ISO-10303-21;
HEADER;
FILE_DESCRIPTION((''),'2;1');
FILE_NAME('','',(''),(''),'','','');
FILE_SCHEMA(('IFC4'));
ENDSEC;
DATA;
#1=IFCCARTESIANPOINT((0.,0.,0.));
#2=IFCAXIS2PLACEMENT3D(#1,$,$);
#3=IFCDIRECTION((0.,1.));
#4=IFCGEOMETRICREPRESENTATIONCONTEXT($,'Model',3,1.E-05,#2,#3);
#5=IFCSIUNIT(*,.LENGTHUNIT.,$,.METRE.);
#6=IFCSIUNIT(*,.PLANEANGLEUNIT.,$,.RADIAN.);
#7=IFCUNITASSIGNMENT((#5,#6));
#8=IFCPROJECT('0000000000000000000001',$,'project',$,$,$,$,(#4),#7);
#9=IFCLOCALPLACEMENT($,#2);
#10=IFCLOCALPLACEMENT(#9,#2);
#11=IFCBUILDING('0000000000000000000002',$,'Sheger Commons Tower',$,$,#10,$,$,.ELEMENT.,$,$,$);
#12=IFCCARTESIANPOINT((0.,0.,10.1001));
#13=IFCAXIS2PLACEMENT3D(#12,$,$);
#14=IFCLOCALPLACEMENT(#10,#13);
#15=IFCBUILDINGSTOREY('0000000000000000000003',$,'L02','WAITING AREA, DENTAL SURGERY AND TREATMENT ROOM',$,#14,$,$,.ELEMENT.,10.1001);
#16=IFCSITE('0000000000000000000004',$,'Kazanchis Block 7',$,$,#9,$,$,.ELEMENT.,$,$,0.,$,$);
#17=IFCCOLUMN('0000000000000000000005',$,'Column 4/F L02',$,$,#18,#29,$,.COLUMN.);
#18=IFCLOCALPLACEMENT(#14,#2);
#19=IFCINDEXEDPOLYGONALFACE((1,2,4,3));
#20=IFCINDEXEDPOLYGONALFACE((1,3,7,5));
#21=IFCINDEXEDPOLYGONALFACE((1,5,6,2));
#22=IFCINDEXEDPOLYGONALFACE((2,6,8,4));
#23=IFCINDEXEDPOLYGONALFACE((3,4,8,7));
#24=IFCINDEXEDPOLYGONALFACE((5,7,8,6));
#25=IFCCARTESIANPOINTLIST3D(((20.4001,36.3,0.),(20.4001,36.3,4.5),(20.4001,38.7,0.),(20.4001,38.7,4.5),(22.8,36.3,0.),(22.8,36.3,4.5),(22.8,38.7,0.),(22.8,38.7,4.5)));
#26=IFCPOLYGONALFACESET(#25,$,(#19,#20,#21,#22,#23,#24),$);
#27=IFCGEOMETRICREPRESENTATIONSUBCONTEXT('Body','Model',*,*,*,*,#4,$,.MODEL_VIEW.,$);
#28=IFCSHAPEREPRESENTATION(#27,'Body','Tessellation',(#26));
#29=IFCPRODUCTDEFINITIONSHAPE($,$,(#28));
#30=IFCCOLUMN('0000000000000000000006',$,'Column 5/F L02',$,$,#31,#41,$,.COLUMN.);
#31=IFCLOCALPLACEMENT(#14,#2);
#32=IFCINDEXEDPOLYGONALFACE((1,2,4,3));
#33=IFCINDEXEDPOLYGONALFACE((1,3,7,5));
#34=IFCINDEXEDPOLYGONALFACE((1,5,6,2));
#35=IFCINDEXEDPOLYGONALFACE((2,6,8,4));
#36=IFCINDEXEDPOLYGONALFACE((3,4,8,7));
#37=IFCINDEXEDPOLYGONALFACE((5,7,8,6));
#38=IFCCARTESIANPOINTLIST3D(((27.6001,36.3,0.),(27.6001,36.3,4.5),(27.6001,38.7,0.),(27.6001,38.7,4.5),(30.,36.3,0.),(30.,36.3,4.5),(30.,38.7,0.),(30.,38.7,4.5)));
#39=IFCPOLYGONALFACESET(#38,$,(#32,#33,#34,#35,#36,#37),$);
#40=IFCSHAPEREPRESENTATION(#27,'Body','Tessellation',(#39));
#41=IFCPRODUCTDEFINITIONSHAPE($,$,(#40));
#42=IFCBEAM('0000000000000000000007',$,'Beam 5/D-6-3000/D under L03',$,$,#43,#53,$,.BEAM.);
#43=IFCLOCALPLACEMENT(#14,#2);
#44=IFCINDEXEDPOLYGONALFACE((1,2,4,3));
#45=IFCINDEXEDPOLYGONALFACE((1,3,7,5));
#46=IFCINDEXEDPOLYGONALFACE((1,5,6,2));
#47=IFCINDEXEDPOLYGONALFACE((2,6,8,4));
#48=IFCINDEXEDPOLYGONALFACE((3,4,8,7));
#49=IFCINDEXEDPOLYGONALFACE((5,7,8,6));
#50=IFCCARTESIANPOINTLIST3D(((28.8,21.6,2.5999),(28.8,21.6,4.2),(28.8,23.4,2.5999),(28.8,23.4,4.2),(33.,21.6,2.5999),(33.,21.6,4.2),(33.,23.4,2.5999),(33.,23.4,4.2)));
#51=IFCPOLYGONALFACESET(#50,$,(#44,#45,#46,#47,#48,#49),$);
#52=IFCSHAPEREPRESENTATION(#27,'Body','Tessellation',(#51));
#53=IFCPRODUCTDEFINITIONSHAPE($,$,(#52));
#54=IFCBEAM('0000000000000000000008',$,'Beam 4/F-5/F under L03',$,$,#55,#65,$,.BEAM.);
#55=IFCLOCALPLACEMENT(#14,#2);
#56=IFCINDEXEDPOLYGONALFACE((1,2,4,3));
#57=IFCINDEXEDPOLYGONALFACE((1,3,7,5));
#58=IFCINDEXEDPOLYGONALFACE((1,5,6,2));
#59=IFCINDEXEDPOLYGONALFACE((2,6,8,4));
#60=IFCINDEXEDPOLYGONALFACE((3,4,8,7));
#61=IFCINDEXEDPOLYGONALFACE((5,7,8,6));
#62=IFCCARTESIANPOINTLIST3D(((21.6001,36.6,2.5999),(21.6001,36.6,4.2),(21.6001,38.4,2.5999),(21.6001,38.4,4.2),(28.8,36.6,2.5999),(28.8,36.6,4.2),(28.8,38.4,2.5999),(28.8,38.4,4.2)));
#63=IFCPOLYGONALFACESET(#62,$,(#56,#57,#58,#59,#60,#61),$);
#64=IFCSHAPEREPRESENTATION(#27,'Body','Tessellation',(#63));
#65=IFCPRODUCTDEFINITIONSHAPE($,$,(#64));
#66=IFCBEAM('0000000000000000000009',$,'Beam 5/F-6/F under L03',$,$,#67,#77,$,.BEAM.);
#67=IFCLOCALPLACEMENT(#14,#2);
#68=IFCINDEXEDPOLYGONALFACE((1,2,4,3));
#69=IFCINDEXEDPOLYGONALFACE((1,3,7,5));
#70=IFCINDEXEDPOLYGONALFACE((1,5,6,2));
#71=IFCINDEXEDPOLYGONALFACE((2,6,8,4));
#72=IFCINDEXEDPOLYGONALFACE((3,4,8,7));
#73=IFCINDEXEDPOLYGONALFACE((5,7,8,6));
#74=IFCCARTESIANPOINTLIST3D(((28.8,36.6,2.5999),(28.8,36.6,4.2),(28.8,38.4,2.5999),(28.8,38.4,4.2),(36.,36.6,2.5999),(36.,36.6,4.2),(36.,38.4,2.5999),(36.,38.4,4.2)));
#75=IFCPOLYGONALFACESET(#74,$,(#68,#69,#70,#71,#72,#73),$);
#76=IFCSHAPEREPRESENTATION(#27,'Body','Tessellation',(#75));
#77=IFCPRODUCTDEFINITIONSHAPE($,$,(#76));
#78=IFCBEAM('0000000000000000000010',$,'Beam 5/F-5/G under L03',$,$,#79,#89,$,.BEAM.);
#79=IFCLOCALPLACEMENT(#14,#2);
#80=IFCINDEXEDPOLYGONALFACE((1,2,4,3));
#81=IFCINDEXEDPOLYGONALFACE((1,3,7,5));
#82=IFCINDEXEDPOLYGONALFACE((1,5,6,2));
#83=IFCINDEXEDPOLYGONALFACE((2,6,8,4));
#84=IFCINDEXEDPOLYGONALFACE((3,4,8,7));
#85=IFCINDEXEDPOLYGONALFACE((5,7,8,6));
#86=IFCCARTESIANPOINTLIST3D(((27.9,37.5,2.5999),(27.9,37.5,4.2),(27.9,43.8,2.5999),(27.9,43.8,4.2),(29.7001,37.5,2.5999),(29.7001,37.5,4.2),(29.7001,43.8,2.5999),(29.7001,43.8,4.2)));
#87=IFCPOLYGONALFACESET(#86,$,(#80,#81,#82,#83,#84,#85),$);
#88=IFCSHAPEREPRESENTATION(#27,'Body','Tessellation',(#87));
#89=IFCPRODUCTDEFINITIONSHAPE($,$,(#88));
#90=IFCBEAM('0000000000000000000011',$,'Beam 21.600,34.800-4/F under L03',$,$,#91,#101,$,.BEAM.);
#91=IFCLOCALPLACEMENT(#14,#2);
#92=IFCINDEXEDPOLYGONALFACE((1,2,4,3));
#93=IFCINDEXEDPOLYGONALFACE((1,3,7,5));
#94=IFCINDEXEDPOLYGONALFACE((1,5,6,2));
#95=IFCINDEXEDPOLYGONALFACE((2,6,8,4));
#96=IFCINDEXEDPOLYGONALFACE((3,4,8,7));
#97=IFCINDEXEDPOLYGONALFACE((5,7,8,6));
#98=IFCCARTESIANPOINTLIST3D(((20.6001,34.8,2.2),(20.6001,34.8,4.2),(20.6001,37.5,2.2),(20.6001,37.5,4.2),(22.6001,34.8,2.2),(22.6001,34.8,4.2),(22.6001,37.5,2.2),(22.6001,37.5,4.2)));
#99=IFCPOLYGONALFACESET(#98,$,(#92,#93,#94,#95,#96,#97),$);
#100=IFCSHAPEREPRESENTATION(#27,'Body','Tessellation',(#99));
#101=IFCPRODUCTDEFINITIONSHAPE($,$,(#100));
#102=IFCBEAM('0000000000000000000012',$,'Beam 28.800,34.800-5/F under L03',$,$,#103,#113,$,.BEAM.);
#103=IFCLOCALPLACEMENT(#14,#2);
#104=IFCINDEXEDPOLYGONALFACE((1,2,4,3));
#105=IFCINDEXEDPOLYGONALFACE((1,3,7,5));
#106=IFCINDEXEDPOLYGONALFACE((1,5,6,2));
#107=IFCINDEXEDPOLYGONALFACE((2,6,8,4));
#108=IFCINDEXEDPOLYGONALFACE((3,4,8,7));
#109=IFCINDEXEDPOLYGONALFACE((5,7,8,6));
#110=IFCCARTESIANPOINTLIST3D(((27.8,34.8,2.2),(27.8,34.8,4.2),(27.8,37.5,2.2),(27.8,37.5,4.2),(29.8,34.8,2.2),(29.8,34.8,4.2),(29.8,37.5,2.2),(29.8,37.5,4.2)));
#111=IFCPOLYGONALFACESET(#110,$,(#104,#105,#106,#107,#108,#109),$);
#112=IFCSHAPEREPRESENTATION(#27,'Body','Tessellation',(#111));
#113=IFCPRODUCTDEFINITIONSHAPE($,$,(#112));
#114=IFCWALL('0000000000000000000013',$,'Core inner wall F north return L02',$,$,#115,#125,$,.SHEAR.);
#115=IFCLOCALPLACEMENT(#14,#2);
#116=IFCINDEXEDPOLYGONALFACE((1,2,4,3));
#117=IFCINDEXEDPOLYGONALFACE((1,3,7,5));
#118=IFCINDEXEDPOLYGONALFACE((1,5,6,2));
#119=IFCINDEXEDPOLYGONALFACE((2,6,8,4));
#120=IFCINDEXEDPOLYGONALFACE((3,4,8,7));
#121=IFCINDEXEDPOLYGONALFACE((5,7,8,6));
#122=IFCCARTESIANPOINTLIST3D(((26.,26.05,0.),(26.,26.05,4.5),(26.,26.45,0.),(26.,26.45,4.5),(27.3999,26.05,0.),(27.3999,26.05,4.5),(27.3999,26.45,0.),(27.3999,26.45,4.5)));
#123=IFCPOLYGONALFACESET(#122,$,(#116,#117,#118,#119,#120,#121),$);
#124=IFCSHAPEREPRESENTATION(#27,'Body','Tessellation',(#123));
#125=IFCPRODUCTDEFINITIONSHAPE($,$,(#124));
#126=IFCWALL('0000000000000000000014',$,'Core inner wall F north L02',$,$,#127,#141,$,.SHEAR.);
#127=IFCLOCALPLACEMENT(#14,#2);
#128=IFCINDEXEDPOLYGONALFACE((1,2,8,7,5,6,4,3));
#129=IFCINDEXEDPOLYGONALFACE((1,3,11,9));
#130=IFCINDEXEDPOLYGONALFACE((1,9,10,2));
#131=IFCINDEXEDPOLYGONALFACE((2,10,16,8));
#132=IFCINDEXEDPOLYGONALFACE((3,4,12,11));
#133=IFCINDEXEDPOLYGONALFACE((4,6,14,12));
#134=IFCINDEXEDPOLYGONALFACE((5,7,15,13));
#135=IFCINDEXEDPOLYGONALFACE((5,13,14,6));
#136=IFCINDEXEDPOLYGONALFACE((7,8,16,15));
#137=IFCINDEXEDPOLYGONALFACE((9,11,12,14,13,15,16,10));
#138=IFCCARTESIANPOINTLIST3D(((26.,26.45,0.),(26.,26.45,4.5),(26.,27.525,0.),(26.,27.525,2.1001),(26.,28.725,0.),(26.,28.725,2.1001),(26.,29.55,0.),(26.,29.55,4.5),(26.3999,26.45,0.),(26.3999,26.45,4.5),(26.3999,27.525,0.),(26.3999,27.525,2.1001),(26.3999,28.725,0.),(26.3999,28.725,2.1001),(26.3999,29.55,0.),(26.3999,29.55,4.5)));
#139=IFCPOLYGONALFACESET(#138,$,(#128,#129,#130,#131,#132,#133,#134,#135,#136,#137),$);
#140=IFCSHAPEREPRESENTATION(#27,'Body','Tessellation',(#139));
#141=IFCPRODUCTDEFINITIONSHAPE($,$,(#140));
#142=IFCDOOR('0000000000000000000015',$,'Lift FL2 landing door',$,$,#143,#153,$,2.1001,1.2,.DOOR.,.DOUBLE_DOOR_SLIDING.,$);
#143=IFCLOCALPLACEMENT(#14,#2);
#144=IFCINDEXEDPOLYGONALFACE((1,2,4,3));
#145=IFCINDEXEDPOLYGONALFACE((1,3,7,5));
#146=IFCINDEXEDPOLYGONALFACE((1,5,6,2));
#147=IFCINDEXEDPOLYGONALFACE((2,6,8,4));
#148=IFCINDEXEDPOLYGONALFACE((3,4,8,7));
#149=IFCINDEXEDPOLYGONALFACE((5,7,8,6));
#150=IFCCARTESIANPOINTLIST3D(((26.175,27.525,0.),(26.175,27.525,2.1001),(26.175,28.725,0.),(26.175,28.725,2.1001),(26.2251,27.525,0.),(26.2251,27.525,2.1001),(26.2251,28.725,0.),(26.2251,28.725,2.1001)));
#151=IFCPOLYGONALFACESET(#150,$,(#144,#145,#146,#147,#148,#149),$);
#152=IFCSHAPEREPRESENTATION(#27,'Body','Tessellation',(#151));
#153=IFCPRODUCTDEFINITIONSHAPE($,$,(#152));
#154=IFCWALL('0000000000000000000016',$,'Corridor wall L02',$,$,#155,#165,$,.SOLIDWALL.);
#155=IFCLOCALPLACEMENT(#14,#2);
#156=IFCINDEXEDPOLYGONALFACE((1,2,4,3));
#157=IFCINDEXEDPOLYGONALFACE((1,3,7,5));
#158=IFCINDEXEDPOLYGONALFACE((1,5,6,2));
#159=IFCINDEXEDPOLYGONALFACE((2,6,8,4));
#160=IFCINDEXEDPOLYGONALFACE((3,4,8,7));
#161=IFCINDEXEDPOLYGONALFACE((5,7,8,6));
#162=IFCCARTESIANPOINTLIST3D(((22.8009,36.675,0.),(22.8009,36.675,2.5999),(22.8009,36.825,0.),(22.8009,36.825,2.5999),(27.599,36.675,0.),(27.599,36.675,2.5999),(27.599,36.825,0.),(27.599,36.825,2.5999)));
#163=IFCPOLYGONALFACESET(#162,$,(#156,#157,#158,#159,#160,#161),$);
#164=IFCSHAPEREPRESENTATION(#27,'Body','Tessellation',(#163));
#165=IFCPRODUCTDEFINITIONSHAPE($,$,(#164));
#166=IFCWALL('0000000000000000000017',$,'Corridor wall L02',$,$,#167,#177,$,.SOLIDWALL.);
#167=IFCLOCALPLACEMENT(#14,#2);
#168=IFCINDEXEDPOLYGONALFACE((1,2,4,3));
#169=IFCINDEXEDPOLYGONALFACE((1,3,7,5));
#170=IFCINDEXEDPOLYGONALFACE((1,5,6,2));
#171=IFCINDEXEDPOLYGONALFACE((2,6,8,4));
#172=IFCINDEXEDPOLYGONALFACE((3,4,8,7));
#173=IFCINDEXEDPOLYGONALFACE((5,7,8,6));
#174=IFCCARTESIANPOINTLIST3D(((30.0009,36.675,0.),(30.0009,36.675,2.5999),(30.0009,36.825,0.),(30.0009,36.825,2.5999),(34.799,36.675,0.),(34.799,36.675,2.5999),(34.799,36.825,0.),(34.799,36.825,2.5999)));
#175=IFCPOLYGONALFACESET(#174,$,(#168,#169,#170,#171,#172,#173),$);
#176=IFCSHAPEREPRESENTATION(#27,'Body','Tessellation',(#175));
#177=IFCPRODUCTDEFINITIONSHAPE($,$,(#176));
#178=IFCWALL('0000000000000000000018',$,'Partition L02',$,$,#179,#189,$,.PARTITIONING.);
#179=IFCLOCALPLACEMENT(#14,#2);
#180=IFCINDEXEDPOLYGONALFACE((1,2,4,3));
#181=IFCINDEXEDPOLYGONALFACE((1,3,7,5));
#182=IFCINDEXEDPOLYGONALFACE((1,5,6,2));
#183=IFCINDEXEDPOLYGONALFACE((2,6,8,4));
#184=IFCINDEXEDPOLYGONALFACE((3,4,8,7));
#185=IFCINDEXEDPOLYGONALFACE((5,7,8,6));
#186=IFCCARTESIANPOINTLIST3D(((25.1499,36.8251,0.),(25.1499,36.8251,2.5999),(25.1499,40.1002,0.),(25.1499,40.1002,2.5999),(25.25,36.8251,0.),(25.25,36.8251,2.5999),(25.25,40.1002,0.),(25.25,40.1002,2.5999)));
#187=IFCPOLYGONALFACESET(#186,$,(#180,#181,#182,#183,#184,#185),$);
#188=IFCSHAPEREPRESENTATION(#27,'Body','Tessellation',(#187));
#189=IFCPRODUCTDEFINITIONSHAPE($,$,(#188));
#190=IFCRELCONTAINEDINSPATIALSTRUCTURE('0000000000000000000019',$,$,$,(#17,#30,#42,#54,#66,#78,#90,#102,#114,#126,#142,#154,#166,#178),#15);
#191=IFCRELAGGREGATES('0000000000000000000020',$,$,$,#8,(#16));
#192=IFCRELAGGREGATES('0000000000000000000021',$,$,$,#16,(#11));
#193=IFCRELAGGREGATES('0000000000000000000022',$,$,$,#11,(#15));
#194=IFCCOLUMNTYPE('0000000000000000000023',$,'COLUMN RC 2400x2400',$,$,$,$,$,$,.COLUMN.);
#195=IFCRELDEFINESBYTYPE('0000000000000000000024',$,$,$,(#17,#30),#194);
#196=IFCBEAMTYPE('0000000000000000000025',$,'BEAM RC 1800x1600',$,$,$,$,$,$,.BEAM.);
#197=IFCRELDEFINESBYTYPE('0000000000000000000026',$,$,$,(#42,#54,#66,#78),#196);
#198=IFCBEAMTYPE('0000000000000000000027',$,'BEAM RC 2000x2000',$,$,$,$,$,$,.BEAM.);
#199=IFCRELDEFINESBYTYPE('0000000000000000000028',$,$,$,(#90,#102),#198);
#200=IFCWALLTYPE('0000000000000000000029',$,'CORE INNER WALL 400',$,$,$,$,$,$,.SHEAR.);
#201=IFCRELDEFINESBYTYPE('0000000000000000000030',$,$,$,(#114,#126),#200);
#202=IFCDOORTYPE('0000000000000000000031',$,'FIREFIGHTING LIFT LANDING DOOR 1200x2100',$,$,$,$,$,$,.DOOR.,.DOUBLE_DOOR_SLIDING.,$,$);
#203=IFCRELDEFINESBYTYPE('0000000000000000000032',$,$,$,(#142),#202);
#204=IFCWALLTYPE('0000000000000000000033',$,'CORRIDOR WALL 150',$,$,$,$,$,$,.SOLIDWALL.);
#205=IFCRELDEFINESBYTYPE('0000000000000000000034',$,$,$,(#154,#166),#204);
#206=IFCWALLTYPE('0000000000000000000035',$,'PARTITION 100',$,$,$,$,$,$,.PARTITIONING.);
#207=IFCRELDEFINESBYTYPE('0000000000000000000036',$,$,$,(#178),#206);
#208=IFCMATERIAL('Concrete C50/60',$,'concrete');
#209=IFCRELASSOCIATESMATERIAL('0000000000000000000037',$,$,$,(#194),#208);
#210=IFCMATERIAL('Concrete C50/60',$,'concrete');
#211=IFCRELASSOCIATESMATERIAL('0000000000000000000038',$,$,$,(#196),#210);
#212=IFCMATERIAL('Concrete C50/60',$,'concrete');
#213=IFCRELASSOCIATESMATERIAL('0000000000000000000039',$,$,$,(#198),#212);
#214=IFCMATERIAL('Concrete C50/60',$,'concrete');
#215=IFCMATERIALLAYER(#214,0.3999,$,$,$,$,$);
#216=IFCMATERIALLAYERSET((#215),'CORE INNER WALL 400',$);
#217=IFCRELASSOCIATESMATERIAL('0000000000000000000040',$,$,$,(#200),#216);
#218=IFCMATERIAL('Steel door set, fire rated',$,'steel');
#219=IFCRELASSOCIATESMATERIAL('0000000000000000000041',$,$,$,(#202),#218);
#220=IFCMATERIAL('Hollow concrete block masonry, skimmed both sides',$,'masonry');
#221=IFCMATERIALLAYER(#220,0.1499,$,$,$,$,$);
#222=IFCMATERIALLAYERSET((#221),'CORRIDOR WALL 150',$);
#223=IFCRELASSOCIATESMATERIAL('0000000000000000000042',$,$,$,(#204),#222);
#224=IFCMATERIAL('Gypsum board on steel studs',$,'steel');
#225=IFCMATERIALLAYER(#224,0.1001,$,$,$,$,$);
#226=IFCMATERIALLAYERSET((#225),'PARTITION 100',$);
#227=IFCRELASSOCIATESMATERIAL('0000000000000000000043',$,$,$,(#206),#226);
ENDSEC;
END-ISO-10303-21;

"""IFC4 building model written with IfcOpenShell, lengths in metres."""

from ifc_helpers import new_model, si_unit, direction, frame, frame_2d, origin, origin_2d, place, context, subcontext, project, spatial, rectangle, extrude, material, layer, layer_set, material_profile, profile_set, type_object, element, fill, save


model = new_model("IFC4")

# Units and contexts
model_context = context("Model", 3, precision=1e-05, world=origin(), true_north=direction((0.0, 1.0)))
body_context = subcontext(model_context, "Body", "Model", "MODEL_VIEW")
ifc_project = project(units=[si_unit("LENGTHUNIT", "METRE"), si_unit("PLANEANGLEUNIT", "RADIAN")], contexts=[model_context])

# Site, building, storey
site_placement = place(None, origin())
site = spatial("IfcSite", under=ifc_project, at=site_placement, Name="Kazanchis Block 7", CompositionType="ELEMENT", RefElevation=0.0)
building_placement = place(site_placement, origin())
building = spatial("IfcBuilding", under=site, at=building_placement, Name="Sheger Commons Tower", CompositionType="ELEMENT")
storey_placement = place(building_placement, frame((0.0, 0.0, 10.1001)))
storey = spatial("IfcBuildingStorey", under=building, at=storey_placement, Name="L02", Description="WAITING AREA, DENTAL SURGERY AND TREATMENT ROOM", CompositionType="ELEMENT", Elevation=10.1001)

# Columns
ifc_material_1 = material(Name="Concrete C50/60", Category="concrete")
ifc_material_profile_1 = material_profile(ifc_material_1, rectangle(XDim=2.3999, YDim=2.3999, at=origin_2d()), Name="RC 2400x2400")
ifc_profile_set_1 = profile_set([ifc_material_profile_1], Name="Concrete C50/60")
column_type = type_object("IfcColumnType", Name="COLUMN RC 2400x2400", PredefinedType="COLUMN", material=ifc_profile_set_1)
for number, where, z_axis, x_axis, name in (
    (1, (21.6001, 37.5, 0.0), (0.0, 0.0, 1.0), (1.0, 0.0, 0.0), "Column 4/F L02"),
    (2, (28.8, 37.5, 0.0), (0.0, 0.0, 1.0), (1.0, 0.0, 0.0), "Column 5/F L02"),
):
    element("IfcColumn", number, at=place(storey_placement, frame(where, z_axis=z_axis, x_axis=x_axis)), inside=storey, type_object=column_type, Name=name, PredefinedType="COLUMN", context=body_context, shape_type="SweptSolid", body=[
        extrude(rectangle(XDim=2.3999, YDim=2.3999, at=origin_2d()), origin(), (0.0, 0.0, 1.0), 4.5),
    ])

# Beams
ifc_material_2 = material(Name="Concrete C50/60", Category="concrete")
ifc_material_profile_2 = material_profile(ifc_material_2, rectangle(XDim=1.8, YDim=1.6001, at=origin_2d()), Name="RC 1800x1600")
ifc_profile_set_2 = profile_set([ifc_material_profile_2], Name="Concrete C50/60")
beam_type_1 = type_object("IfcBeamType", Name="BEAM RC 1800x1600", PredefinedType="BEAM", material=ifc_profile_set_2)
beam_1_placement = place(storey_placement, frame((28.8, 22.5, 3.3999), z_axis=(1.0, 0.0, 0.0), x_axis=(0.0, 1.0, 0.0)))
element("IfcBeam", 3, at=beam_1_placement, inside=storey, type_object=beam_type_1, Name="Beam 5/D-6-3000/D under L03", PredefinedType="BEAM", context=body_context, shape_type="SweptSolid", body=[
    extrude(rectangle(XDim=1.8, YDim=1.6001, at=origin_2d()), origin(), (0.0, 0.0, 1.0), 4.2),
])
for number, where, z_axis, x_axis, name in (
    (4, (21.6001, 37.5, 3.3999), (1.0, 0.0, 0.0), (0.0, 1.0, 0.0), "Beam 4/F-5/F under L03"),
    (5, (28.8, 37.5, 3.3999), (1.0, 0.0, 0.0), (0.0, 1.0, 0.0), "Beam 5/F-6/F under L03"),
):
    element("IfcBeam", number, at=place(storey_placement, frame(where, z_axis=z_axis, x_axis=x_axis)), inside=storey, type_object=beam_type_1, Name=name, PredefinedType="BEAM", context=body_context, shape_type="SweptSolid", body=[
        extrude(rectangle(XDim=1.8, YDim=1.6001, at=origin_2d()), origin(), (0.0, 0.0, 1.0), 7.2),
    ])
beam_2_placement = place(storey_placement, frame((28.8, 37.5, 3.3999), z_axis=(0.0, 1.0, 0.0), x_axis=(-1.0, 0.0, 0.0)))
element("IfcBeam", 6, at=beam_2_placement, inside=storey, type_object=beam_type_1, Name="Beam 5/F-5/G under L03", PredefinedType="BEAM", context=body_context, shape_type="SweptSolid", body=[
    extrude(rectangle(XDim=1.8, YDim=1.6001, at=origin_2d()), origin(), (0.0, 0.0, 1.0), 6.3),
])
ifc_material_3 = material(Name="Concrete C50/60", Category="concrete")
ifc_material_profile_3 = material_profile(ifc_material_3, rectangle(XDim=2.0, YDim=2.0, at=origin_2d()), Name="RC 2000x2000")
ifc_profile_set_3 = profile_set([ifc_material_profile_3], Name="Concrete C50/60")
beam_type_2 = type_object("IfcBeamType", Name="BEAM RC 2000x2000", PredefinedType="BEAM", material=ifc_profile_set_3)
for number, where, z_axis, x_axis, name in (
    (7, (21.6001, 34.8, 3.2), (0.0, 1.0, 0.0), (-1.0, 0.0, 0.0), "Beam 21.600,34.800-4/F under L03"),
    (8, (28.8, 34.8, 3.2), (0.0, 1.0, 0.0), (-1.0, 0.0, 0.0), "Beam 28.800,34.800-5/F under L03"),
):
    element("IfcBeam", number, at=place(storey_placement, frame(where, z_axis=z_axis, x_axis=x_axis)), inside=storey, type_object=beam_type_2, Name=name, PredefinedType="BEAM", context=body_context, shape_type="SweptSolid", body=[
        extrude(rectangle(XDim=2.0, YDim=2.0, at=origin_2d()), origin(), (0.0, 0.0, 1.0), 2.7),
    ])

# Wall
ifc_material_4 = material(Name="Concrete C50/60", Category="concrete")
ifc_layer_1 = layer(ifc_material_4, 0.3999)
ifc_layer_set_1 = layer_set([ifc_layer_1], Name="CORE INNER WALL 400")
wall_type_1 = type_object("IfcWallType", Name="CORE INNER WALL 400", PredefinedType="SHEAR", material=ifc_layer_set_1)
wall_1_placement = place(storey_placement, frame((26.0, 26.25, 0.0), z_axis=(0.0, 0.0, 1.0), x_axis=(1.0, 0.0, 0.0)))
element("IfcWall", 9, at=wall_1_placement, inside=storey, type_object=wall_type_1, Name="Core inner wall F north return L02", PredefinedType="SHEAR", context=body_context, shape_type="SweptSolid", body=[
    extrude(rectangle(XDim=1.3999, YDim=0.3999, at=frame_2d((0.7, 0.0))), origin(), (0.0, 0.0, 1.0), 4.5),
])

# Wall, opening, door
wall_2_placement = place(storey_placement, frame((26.2, 26.45, 0.0), z_axis=(0.0, 0.0, 1.0), x_axis=(0.0, 1.0, 0.0)))
wall_2 = element("IfcWall", 10, at=wall_2_placement, inside=storey, type_object=wall_type_1, Name="Core inner wall F north L02", PredefinedType="SHEAR", context=body_context, shape_type="SweptSolid", body=[
    extrude(rectangle(XDim=3.1001, YDim=0.3999, at=frame_2d((1.55, 0.0))), origin(), (0.0, 0.0, 1.0), 4.5),
])
opening_placement = place(wall_2_placement, frame((1.075, 0.0, 0.0)))
opening = element("IfcOpeningElement", 11, at=opening_placement, cuts=wall_2, PredefinedType="OPENING", context=body_context, shape_type="SweptSolid", body=[
    extrude(rectangle(XDim=1.2, YDim=2.1001, at=frame_2d((0.6001, 1.05))), frame((0.0, 0.21, 0.0), z_axis=(0.0, -1.0, 0.0), x_axis=(1.0, 0.0, 0.0)), (0.0, 0.0, 1.0), 0.4199),
])
ifc_material_5 = material(Name="Steel door set, fire rated", Category="steel")
door_type = type_object("IfcDoorType", Name="FIREFIGHTING LIFT LANDING DOOR 1200x2100", OperationType="DOUBLE_DOOR_SLIDING", PredefinedType="DOOR", material=ifc_material_5)
door_placement = place(opening_placement, origin())
door = element("IfcDoor", 12, at=door_placement, inside=storey, type_object=door_type, Name="Lift FL2 landing door", OperationType="DOUBLE_DOOR_SLIDING", OverallHeight=2.1001, OverallWidth=1.2, PredefinedType="DOOR", context=body_context, shape_type="SweptSolid", body=[
    extrude(rectangle(XDim=1.2, YDim=2.1001, at=frame_2d((0.6001, 1.05))), frame((0.0, 0.0249, 0.0), z_axis=(0.0, -1.0, 0.0), x_axis=(1.0, 0.0, 0.0)), (0.0, 0.0, 1.0), 0.05),
])
fill(opening, door)

# Walls
ifc_material_6 = material(Name="Hollow concrete block masonry, skimmed both sides", Category="masonry")
ifc_layer_2 = layer(ifc_material_6, 0.1499)
ifc_layer_set_2 = layer_set([ifc_layer_2], Name="CORRIDOR WALL 150")
wall_type_2 = type_object("IfcWallType", Name="CORRIDOR WALL 150", PredefinedType="SOLIDWALL", material=ifc_layer_set_2)
for number, where, z_axis, x_axis, name in (
    (13, (22.801, 36.75, 0.0), (0.0, 0.0, 1.0), (1.0, 0.0, 0.0), "Corridor wall L02"),
    (14, (30.001, 36.75, 0.0), (0.0, 0.0, 1.0), (1.0, 0.0, 0.0), "Corridor wall L02"),
):
    element("IfcWall", number, at=place(storey_placement, frame(where, z_axis=z_axis, x_axis=x_axis)), inside=storey, type_object=wall_type_2, Name=name, PredefinedType="SOLIDWALL", context=body_context, shape_type="SweptSolid", body=[
        extrude(rectangle(XDim=4.7981, YDim=0.1499, at=frame_2d((2.3989, 0.0))), origin(), (0.0, 0.0, 1.0), 2.5999),
    ])
ifc_material_7 = material(Name="Gypsum board on steel studs", Category="steel")
ifc_layer_3 = layer(ifc_material_7, 0.1001)
ifc_layer_set_3 = layer_set([ifc_layer_3], Name="PARTITION 100")
wall_type_3 = type_object("IfcWallType", Name="PARTITION 100", PredefinedType="PARTITIONING", material=ifc_layer_set_3)
wall_3_placement = place(storey_placement, frame((25.2, 36.825, 0.0), z_axis=(0.0, 0.0, 1.0), x_axis=(0.0, 1.0, 0.0)))
element("IfcWall", 15, at=wall_3_placement, inside=storey, type_object=wall_type_3, Name="Partition L02", PredefinedType="PARTITIONING", context=body_context, shape_type="SweptSolid", body=[
    extrude(rectangle(XDim=3.2751, YDim=0.1001, at=frame_2d((1.6377, 0.0))), origin(), (0.0, 0.0, 1.0), 2.5999),
])

save(model, "model.ifc")
